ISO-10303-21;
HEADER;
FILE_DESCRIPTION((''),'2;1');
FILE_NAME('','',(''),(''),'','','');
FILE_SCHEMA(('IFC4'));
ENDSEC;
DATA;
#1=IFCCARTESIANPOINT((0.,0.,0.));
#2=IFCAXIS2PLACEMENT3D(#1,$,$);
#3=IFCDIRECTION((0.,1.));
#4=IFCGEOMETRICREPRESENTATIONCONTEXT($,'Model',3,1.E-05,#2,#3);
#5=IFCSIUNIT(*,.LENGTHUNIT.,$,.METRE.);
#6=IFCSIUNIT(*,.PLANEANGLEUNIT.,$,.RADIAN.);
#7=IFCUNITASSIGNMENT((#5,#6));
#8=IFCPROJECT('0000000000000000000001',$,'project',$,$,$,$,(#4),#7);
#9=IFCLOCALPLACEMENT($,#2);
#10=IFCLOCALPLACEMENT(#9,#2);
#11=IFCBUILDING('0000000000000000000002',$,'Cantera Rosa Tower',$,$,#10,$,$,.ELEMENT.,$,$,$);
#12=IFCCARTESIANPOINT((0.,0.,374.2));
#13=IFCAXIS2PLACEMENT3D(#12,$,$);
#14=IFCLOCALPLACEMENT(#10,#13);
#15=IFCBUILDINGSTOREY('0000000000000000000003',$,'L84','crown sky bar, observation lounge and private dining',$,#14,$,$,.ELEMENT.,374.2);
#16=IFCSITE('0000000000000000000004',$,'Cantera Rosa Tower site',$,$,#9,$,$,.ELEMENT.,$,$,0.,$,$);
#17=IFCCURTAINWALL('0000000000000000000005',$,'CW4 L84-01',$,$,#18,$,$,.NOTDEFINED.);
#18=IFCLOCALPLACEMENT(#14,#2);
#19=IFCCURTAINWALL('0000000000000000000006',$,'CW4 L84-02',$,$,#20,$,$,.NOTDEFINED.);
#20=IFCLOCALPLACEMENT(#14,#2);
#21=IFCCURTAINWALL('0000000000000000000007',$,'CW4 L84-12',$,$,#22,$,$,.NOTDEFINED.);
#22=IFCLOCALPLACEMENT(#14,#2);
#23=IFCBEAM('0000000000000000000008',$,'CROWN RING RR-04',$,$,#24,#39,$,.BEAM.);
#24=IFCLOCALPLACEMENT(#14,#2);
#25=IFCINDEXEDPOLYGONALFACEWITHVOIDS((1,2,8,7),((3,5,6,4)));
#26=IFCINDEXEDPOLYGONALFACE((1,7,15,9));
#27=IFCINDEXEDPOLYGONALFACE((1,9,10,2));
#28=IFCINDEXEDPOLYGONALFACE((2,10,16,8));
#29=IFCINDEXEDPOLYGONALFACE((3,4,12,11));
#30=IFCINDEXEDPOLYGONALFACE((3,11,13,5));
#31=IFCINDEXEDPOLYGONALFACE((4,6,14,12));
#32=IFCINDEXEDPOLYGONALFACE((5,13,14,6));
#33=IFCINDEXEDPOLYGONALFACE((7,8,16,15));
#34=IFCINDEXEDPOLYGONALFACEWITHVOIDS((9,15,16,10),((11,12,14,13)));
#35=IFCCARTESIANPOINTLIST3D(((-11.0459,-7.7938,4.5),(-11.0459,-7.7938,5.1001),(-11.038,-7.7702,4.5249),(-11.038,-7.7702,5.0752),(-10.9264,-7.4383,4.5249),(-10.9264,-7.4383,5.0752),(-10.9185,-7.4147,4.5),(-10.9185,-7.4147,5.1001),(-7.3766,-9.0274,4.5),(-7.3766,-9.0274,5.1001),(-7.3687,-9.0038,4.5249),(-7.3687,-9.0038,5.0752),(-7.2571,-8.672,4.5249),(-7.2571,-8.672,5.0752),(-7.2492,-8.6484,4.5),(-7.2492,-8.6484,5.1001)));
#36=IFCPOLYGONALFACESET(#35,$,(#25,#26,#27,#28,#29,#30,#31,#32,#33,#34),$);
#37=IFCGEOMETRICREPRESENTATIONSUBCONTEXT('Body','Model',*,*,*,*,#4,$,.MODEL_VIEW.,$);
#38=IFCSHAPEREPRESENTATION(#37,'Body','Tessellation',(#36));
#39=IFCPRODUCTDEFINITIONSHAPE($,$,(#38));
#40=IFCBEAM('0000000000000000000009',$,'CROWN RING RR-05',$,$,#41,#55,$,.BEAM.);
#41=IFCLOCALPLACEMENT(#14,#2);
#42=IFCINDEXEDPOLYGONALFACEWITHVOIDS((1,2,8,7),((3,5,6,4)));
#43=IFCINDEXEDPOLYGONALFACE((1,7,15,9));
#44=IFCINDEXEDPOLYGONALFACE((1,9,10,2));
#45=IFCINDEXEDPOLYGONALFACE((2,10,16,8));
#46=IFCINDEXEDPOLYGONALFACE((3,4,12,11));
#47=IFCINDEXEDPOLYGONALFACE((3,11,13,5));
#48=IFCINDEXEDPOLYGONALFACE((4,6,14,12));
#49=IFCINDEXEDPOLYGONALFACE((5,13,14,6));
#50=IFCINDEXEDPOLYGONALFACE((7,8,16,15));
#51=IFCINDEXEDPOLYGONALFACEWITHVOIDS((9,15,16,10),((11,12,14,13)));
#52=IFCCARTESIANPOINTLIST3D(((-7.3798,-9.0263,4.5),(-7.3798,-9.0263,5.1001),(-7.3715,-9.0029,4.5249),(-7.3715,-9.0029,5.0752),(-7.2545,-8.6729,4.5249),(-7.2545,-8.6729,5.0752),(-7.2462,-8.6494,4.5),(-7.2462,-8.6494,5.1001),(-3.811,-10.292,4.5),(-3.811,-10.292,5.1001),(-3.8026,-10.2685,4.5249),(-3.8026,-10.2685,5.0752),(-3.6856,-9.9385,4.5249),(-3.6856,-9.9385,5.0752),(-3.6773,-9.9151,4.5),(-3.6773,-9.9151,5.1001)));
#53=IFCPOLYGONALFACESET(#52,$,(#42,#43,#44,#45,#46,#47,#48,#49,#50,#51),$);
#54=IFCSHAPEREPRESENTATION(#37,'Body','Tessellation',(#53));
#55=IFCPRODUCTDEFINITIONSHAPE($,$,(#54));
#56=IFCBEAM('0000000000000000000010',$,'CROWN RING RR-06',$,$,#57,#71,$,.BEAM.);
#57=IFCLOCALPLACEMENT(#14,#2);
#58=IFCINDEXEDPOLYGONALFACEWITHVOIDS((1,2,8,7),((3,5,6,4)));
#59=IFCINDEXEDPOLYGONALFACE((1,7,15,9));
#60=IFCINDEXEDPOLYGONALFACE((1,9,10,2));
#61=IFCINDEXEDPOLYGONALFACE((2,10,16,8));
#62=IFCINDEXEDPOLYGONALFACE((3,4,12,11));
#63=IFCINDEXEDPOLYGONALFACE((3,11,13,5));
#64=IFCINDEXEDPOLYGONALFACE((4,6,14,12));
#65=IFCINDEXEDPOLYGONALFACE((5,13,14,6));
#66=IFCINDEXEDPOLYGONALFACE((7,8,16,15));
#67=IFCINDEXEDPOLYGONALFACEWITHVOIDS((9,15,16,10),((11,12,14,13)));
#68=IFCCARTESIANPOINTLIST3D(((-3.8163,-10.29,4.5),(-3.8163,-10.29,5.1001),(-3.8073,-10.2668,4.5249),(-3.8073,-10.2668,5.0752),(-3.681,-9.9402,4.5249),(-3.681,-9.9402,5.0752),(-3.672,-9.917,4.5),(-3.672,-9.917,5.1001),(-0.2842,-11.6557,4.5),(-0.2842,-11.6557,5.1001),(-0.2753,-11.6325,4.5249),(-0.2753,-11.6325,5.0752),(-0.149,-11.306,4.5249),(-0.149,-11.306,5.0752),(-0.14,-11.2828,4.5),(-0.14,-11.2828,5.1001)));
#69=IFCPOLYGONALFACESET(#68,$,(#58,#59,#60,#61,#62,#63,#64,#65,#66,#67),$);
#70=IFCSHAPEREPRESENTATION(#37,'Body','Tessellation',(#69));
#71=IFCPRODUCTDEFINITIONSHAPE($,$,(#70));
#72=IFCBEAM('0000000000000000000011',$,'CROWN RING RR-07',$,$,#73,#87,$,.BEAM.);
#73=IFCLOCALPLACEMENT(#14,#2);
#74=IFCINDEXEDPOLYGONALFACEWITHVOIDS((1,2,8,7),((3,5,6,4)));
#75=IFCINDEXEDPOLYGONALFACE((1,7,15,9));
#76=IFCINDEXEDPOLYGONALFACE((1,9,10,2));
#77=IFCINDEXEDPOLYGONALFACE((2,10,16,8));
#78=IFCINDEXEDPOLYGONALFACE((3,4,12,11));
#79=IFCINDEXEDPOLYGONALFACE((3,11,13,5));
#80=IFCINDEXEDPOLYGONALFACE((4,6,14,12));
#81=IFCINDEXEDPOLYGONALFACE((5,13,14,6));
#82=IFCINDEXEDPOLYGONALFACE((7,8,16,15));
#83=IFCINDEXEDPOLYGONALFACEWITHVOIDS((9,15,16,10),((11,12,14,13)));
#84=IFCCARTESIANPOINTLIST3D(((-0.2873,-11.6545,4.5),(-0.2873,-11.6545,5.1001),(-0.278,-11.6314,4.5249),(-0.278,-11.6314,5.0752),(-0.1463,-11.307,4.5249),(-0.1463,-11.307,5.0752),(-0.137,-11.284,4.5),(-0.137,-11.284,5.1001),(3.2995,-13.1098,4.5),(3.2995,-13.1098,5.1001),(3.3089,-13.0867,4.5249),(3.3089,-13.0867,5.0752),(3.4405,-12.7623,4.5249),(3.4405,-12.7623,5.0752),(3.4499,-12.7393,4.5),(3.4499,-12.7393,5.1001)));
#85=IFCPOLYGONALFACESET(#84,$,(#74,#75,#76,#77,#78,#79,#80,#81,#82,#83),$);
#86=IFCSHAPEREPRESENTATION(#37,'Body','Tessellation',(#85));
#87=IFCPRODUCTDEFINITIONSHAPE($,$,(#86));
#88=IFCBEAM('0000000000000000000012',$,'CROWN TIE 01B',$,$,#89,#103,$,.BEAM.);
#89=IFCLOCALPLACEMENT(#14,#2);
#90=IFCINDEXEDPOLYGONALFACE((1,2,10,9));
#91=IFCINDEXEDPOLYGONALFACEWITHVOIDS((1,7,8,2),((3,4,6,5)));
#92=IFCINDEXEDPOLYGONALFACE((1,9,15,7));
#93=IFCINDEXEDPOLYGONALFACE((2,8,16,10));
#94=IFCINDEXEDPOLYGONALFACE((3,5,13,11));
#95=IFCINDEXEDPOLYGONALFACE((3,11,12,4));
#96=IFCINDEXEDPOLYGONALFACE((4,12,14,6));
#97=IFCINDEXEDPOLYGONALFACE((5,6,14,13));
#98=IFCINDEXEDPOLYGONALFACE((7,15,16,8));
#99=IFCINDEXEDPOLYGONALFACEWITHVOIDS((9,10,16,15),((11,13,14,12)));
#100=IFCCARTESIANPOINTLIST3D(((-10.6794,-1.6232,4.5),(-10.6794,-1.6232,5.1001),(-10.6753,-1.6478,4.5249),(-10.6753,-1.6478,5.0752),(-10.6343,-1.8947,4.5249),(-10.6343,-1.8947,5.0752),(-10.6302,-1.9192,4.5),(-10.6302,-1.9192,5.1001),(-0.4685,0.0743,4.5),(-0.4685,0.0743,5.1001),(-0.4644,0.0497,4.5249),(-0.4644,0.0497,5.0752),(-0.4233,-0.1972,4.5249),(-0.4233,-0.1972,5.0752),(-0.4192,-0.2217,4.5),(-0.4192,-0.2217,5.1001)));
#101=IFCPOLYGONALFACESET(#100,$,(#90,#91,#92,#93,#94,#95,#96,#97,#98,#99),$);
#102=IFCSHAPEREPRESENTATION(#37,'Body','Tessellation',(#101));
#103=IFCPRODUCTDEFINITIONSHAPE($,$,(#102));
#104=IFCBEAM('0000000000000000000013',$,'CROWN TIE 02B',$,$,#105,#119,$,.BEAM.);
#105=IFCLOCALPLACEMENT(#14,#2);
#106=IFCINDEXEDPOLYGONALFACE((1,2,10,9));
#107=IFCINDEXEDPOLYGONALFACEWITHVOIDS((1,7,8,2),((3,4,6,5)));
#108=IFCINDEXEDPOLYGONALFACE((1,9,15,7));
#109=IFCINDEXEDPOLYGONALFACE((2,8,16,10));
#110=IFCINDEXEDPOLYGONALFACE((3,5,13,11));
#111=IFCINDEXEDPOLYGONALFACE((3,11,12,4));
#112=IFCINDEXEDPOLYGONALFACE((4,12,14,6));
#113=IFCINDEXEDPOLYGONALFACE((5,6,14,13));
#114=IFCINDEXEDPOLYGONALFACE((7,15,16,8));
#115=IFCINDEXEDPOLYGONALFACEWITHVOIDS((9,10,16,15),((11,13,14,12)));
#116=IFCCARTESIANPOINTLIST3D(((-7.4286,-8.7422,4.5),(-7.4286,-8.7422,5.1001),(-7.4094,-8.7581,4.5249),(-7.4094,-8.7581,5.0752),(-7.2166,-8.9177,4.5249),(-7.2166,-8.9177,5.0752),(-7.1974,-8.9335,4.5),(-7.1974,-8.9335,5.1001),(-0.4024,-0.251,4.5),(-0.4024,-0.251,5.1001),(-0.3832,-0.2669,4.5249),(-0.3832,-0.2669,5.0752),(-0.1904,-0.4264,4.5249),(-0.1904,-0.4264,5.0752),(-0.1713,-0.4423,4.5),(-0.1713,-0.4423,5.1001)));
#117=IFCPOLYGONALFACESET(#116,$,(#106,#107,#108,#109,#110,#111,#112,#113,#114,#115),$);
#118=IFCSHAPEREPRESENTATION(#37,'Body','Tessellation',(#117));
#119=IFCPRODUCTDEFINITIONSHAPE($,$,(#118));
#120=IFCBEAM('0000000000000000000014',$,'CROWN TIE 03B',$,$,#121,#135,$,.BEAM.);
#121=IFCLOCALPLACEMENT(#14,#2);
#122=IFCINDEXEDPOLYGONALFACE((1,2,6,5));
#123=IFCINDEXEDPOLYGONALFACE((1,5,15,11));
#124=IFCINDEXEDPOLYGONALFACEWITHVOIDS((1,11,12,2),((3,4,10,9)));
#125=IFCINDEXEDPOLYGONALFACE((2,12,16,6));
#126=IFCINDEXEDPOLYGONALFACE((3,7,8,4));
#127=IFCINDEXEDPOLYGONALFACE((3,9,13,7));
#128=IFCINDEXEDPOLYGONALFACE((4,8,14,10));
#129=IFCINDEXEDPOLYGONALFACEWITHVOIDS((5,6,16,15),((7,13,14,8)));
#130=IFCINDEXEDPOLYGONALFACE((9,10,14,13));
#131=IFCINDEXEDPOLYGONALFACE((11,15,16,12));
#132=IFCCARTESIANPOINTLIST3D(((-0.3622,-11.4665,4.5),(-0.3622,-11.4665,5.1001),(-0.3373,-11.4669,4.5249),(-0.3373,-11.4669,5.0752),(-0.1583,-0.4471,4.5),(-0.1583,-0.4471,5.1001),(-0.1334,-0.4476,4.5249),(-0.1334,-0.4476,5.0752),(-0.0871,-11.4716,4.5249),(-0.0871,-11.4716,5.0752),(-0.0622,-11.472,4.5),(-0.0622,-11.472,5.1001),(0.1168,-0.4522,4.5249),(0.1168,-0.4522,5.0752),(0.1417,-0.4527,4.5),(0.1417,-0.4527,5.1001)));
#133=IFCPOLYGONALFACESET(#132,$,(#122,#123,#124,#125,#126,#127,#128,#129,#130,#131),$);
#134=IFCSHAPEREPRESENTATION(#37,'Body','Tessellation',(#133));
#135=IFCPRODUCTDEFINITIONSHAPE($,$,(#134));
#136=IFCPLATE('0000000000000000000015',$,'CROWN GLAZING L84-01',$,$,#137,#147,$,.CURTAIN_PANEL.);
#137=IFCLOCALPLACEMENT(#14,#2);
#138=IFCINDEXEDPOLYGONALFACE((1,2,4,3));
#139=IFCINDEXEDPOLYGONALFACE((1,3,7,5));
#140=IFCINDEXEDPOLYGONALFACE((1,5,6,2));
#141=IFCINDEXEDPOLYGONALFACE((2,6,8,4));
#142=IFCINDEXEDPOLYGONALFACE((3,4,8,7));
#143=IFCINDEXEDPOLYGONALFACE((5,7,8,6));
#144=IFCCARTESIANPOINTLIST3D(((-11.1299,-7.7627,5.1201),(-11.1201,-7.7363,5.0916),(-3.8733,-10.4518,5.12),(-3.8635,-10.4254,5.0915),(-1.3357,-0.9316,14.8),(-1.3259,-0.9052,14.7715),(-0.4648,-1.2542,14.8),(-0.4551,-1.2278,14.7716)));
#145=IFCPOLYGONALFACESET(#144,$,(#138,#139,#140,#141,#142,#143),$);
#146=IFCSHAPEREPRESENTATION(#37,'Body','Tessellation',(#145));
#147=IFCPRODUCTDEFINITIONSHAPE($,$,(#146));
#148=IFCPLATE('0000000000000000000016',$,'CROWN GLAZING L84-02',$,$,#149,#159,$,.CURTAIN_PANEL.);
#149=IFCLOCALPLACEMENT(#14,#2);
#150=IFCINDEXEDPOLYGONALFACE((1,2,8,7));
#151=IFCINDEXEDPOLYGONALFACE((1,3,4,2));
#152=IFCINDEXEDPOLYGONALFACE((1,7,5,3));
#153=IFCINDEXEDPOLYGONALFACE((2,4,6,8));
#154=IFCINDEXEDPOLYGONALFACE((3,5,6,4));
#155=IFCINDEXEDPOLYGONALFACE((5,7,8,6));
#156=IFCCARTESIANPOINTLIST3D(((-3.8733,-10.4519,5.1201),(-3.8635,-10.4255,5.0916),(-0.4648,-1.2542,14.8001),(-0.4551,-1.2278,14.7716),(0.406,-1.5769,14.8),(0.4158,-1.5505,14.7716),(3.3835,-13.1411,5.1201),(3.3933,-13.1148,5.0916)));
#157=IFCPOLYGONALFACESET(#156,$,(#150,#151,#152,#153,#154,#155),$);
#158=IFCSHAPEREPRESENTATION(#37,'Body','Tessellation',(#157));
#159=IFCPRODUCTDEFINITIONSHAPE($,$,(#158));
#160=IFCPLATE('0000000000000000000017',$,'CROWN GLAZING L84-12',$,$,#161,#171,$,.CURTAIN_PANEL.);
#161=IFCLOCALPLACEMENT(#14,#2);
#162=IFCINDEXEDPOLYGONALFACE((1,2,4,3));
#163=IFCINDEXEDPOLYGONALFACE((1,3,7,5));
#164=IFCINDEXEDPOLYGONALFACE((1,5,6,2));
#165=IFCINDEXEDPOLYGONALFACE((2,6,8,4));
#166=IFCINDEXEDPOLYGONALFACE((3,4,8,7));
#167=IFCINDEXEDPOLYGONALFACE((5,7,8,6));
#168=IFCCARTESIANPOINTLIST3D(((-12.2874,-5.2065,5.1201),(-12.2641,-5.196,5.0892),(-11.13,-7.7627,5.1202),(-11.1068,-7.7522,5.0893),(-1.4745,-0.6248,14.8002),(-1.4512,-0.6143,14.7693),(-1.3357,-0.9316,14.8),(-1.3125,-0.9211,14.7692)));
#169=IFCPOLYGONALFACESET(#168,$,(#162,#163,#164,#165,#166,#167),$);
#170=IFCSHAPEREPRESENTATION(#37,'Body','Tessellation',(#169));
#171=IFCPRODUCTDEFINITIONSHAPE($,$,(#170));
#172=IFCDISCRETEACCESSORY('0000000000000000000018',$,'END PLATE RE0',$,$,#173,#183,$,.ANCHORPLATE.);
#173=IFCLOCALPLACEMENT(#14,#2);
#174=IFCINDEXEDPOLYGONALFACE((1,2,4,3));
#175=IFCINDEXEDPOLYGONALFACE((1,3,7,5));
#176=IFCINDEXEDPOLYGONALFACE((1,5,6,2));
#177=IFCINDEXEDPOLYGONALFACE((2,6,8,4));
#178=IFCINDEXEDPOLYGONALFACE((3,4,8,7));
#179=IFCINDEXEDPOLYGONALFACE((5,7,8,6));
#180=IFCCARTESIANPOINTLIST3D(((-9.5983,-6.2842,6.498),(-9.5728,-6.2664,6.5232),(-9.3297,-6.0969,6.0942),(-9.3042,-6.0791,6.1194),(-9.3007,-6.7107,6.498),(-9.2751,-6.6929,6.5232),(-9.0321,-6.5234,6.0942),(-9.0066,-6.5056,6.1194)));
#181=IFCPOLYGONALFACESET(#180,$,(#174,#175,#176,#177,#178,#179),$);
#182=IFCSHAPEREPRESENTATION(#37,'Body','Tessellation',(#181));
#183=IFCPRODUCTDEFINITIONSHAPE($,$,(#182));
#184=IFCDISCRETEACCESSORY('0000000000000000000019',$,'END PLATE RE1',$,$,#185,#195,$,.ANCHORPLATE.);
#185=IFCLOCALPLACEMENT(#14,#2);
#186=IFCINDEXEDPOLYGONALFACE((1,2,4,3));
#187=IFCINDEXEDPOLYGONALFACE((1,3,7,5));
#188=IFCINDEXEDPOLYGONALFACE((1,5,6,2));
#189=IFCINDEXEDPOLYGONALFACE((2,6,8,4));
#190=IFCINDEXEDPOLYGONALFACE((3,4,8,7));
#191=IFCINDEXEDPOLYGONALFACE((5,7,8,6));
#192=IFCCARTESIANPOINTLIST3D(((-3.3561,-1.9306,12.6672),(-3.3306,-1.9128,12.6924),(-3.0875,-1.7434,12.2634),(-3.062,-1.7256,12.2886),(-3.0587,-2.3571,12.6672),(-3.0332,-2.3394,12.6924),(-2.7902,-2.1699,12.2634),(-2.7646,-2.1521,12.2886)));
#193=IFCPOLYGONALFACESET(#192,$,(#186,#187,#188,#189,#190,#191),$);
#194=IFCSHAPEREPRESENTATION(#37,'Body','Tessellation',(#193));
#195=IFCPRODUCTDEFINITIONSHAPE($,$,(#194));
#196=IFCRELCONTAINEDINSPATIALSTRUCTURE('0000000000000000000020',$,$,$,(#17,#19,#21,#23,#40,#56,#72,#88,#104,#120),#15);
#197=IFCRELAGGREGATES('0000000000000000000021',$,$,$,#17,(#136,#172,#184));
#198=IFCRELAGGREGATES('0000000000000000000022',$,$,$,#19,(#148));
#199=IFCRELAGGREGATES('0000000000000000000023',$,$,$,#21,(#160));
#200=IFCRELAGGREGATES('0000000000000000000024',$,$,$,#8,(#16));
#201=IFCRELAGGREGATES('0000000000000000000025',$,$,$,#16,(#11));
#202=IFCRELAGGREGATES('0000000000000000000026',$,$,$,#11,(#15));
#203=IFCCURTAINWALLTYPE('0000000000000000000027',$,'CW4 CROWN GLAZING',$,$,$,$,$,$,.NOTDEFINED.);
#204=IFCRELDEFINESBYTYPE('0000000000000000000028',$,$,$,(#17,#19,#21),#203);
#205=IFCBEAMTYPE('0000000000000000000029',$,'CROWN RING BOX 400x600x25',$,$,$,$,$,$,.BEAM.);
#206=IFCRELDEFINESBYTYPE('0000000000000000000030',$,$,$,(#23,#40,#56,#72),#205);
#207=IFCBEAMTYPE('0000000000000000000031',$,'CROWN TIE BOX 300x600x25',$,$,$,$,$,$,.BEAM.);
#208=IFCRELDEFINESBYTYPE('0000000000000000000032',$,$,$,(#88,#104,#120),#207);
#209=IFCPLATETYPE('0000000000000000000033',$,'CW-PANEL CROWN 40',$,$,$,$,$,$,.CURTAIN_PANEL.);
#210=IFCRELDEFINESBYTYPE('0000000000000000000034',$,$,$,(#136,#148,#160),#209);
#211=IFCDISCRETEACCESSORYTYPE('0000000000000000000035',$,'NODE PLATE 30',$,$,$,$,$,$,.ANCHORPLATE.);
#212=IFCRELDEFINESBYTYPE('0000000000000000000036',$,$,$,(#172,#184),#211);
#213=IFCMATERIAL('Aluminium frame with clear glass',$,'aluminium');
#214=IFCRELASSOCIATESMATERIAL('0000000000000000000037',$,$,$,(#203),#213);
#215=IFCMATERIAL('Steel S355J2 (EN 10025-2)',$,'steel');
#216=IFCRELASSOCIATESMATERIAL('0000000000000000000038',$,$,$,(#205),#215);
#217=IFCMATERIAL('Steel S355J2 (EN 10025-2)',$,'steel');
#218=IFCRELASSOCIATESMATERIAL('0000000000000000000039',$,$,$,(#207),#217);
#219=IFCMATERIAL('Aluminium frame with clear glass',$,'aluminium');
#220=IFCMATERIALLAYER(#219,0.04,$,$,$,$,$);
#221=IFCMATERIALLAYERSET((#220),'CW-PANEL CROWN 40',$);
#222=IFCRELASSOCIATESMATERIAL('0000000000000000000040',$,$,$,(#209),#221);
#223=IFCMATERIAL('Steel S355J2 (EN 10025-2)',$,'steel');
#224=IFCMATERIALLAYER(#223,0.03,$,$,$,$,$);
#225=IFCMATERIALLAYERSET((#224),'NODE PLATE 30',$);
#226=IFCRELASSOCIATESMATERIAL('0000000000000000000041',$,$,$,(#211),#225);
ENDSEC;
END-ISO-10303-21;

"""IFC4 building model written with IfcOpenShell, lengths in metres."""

from ifc_helpers import new_model, si_unit, direction, frame, origin, origin_2d, place, context, subcontext, project, spatial, polyline, hollow_rectangle, outline, extrude, material, layer, layer_set, material_profile, profile_set, type_object, element, aggregate, save


model = new_model("IFC4")

# Units and contexts
model_context = context("Model", 3, precision=1e-05, world=origin(), true_north=direction((0.0, 1.0)))
body_context = subcontext(model_context, "Body", "Model", "MODEL_VIEW")
ifc_project = project(units=[si_unit("LENGTHUNIT", "METRE"), si_unit("PLANEANGLEUNIT", "RADIAN")], contexts=[model_context])

# Site, building, storey
site_placement = place(None, origin())
site = spatial("IfcSite", under=ifc_project, at=site_placement, Name="Cantera Rosa Tower site", CompositionType="ELEMENT", RefElevation=0.0)
building_placement = place(site_placement, origin())
building = spatial("IfcBuilding", under=site, at=building_placement, Name="Cantera Rosa Tower", CompositionType="ELEMENT")
storey_placement = place(building_placement, frame((0.0, 0.0, 374.2)))
storey = spatial("IfcBuildingStorey", under=building, at=storey_placement, Name="L84", Description="crown sky bar, observation lounge and private dining", CompositionType="ELEMENT", Elevation=374.2)

# Curtain walls
ifc_material_1 = material(Name="Aluminium frame with clear glass", Category="aluminium")
curtain_wall_type = type_object("IfcCurtainWallType", Name="CW4 CROWN GLAZING", PredefinedType="NOTDEFINED", material=ifc_material_1)
curtain_wall_1_placement = place(storey_placement, origin())
curtain_wall_1 = element("IfcCurtainWall", 1, at=curtain_wall_1_placement, inside=storey, type_object=curtain_wall_type, Name="CW4 L84-01", PredefinedType="NOTDEFINED")
curtain_wall_2_placement = place(storey_placement, origin())
curtain_wall_2 = element("IfcCurtainWall", 2, at=curtain_wall_2_placement, inside=storey, type_object=curtain_wall_type, Name="CW4 L84-02", PredefinedType="NOTDEFINED")
curtain_wall_3_placement = place(storey_placement, origin())
curtain_wall_3 = element("IfcCurtainWall", 3, at=curtain_wall_3_placement, inside=storey, type_object=curtain_wall_type, Name="CW4 L84-12", PredefinedType="NOTDEFINED")

# Beams
ifc_material_2 = material(Name="Steel S355J2 (EN 10025-2)", Category="steel")
ifc_material_profile_1 = material_profile(ifc_material_2, hollow_rectangle(XDim=0.3999, YDim=0.6001, WallThickness=0.0249, at=origin_2d()), Name="CROWN RING BOX 400x600x25")
ifc_profile_set_1 = profile_set([ifc_material_profile_1], Name="Steel S355J2 (EN 10025-2)")
beam_type_1 = type_object("IfcBeamType", Name="CROWN RING BOX 400x600x25", PredefinedType="BEAM", material=ifc_profile_set_1)
beam_1_placement = place(storey_placement, frame((-10.9822, -7.6042, 4.8), z_axis=(0.94786, -0.318686, 0.0), x_axis=(0.318686, 0.94786, 0.0)))
element("IfcBeam", 4, at=beam_1_placement, inside=storey, type_object=beam_type_1, Name="CROWN RING RR-04", PredefinedType="BEAM", context=body_context, shape_type="SweptSolid", body=[
    extrude(hollow_rectangle(XDim=0.3999, YDim=0.6001, WallThickness=0.0249, at=origin_2d()), origin(), (0.0, 0.0, 1.0), 3.8711),
])
beam_2_placement = place(storey_placement, frame((-7.313, -8.8379, 4.8), z_axis=(0.942489, -0.334236, 0.0), x_axis=(0.334236, 0.942489, 0.0)))
element("IfcBeam", 5, at=beam_2_placement, inside=storey, type_object=beam_type_1, Name="CROWN RING RR-05", PredefinedType="BEAM", context=body_context, shape_type="SweptSolid", body=[
    extrude(hollow_rectangle(XDim=0.3999, YDim=0.6001, WallThickness=0.0249, at=origin_2d()), origin(), (0.0, 0.0, 1.0), 3.7866),
])
beam_3_placement = place(storey_placement, frame((-3.7441, -10.1035, 4.8), z_axis=(0.932701, -0.36065, 0.0), x_axis=(0.36065, 0.932701, 0.0)))
element("IfcBeam", 6, at=beam_3_placement, inside=storey, type_object=beam_type_1, Name="CROWN RING RR-06", PredefinedType="BEAM", context=body_context, shape_type="SweptSolid", body=[
    extrude(hollow_rectangle(XDim=0.3999, YDim=0.6001, WallThickness=0.0249, at=origin_2d()), origin(), (0.0, 0.0, 1.0), 3.7869),
])
beam_4_placement = place(storey_placement, frame((-0.2122, -11.4692, 4.8), z_axis=(0.926634, -0.375964, 0.0), x_axis=(0.375964, 0.926634, 0.0)))
element("IfcBeam", 7, at=beam_4_placement, inside=storey, type_object=beam_type_1, Name="CROWN RING RR-07", PredefinedType="BEAM", context=body_context, shape_type="SweptSolid", body=[
    extrude(hollow_rectangle(XDim=0.3999, YDim=0.6001, WallThickness=0.0249, at=origin_2d()), origin(), (0.0, 0.0, 1.0), 3.8708),
])
ifc_material_3 = material(Name="Steel S355J2 (EN 10025-2)", Category="steel")
ifc_material_profile_2 = material_profile(ifc_material_3, hollow_rectangle(XDim=0.3, YDim=0.6001, WallThickness=0.0249, at=origin_2d()), Name="CROWN TIE BOX 300x600x25")
ifc_profile_set_2 = profile_set([ifc_material_profile_2], Name="Steel S355J2 (EN 10025-2)")
beam_type_2 = type_object("IfcBeamType", Name="CROWN TIE BOX 300x600x25", PredefinedType="BEAM", material=ifc_profile_set_2)
beam_5_placement = place(storey_placement, frame((-10.6548, -1.7712, 4.8), z_axis=(0.986461, 0.163994, 0.0), x_axis=(-0.163994, 0.986461, 0.0)))
element("IfcBeam", 8, at=beam_5_placement, inside=storey, type_object=beam_type_2, Name="CROWN TIE 01B", PredefinedType="BEAM", context=body_context, shape_type="SweptSolid", body=[
    extrude(hollow_rectangle(XDim=0.3, YDim=0.6001, WallThickness=0.0249, at=origin_2d()), origin(), (0.0, 0.0, 1.0), 10.3511),
])
for number, where, z_axis, x_axis, name in (
    (9, (-7.313, -8.8379, 4.8), (0.637509, 0.770443, 0.0), (-0.770443, 0.637509, 0.0), "CROWN TIE 02B"),
    (10, (-0.2122, -11.4692, 4.8), (0.018497, 0.999829, 0.0), (-0.999829, 0.018497, 0.0), "CROWN TIE 03B"),
):
    element("IfcBeam", number, at=place(storey_placement, frame(where, z_axis=z_axis, x_axis=x_axis)), inside=storey, type_object=beam_type_2, Name=name, PredefinedType="BEAM", context=body_context, shape_type="SweptSolid", body=[
        extrude(hollow_rectangle(XDim=0.3, YDim=0.6001, WallThickness=0.0249, at=origin_2d()), origin(), (0.0, 0.0, 1.0), 11.0212),
    ])

# Plates
ifc_material_4 = material(Name="Aluminium frame with clear glass", Category="aluminium")
ifc_layer_1 = layer(ifc_material_4, 0.04)
ifc_layer_set_1 = layer_set([ifc_layer_1], Name="CW-PANEL CROWN 40")
plate_type = type_object("IfcPlateType", Name="CW-PANEL CROWN 40", PredefinedType="CURTAIN_PANEL", material=ifc_layer_set_1)
plate_1_placement = place(storey_placement, frame((-11.1299, -7.7627, 5.1201), z_axis=(-0.24407, -0.658648, 0.711767), x_axis=(0.937686, -0.347483, -0.000012)))
plate_1 = element("IfcPlate", 11, at=plate_1_placement, type_object=plate_type, Name="CROWN GLAZING L84-01", PredefinedType="CURTAIN_PANEL", context=body_context, shape_type="SweptSolid", body=[
    extrude(outline(polyline([(0.0, 0.0), (7.7389, 0.0), (7.7387, 13.781), (6.8101, 13.7809), (0.0, 0.0)])), origin(), (0.0, 0.0, -1.0), 0.04),
])
plate_2_placement = place(storey_placement, frame((-3.8733, -10.4519, 5.1201), z_axis=(-0.244079, -0.658639, 0.711772), x_axis=(0.937685, -0.347486, 0.000002)))
plate_2 = element("IfcPlate", 12, at=plate_2_placement, type_object=plate_type, Name="CROWN GLAZING L84-02", PredefinedType="CURTAIN_PANEL", context=body_context, shape_type="SweptSolid", body=[
    extrude(outline(polyline([(0.0, 0.0), (7.7391, 0.0), (0.9287, 13.781), (0.0, 13.781), (0.0, 0.0)])), origin(), (0.0, 0.0, -1.0), 0.04),
])
plate_3_placement = place(storey_placement, frame((-12.2874, -5.2065, 5.1201), z_axis=(-0.579544, -0.262369, 0.771552), x_axis=(0.412467, -0.910973, 0.000041)))
plate_3 = element("IfcPlate", 13, at=plate_3_placement, type_object=plate_type, Name="CROWN GLAZING L84-12", PredefinedType="CURTAIN_PANEL", context=body_context, shape_type="SweptSolid", body=[
    extrude(outline(polyline([(0.0, 0.0), (2.806, 0.0), (0.6233, 15.216), (0.2865, 15.2162), (0.0, 0.0)])), origin(), (0.0, 0.0, -1.0), 0.04),
])

# Discrete accessories
ifc_material_5 = material(Name="Steel S355J2 (EN 10025-2)", Category="steel")
ifc_layer_2 = layer(ifc_material_5, 0.03)
ifc_layer_set_2 = layer_set([ifc_layer_2], Name="NODE PLATE 30")
discrete_accessory_type = type_object("IfcDiscreteAccessoryType", Name="NODE PLATE 30", PredefinedType="ANCHORPLATE", material=ifc_layer_set_2)
discrete_accessory_1_placement = place(storey_placement, frame((-9.2751, -6.6929, 6.5232), z_axis=(0.637025, 0.444496, 0.62978), x_axis=(-0.572233, 0.820091, 0.0)))
discrete_accessory_1 = element("IfcDiscreteAccessory", 14, at=discrete_accessory_1_placement, type_object=discrete_accessory_type, Name="END PLATE RE0", PredefinedType="ANCHORPLATE", context=body_context, shape_type="SweptSolid", body=[
    extrude(outline(polyline([(0.0, 0.0), (0.5201, 0.0), (0.52, -0.5199), (-0.0001, -0.5199), (0.0, 0.0)])), origin(), (0.0, 0.0, -1.0), 0.04),
])
discrete_accessory_2_placement = place(storey_placement, frame((-3.3306, -1.9128, 12.6924), z_axis=(0.637196, 0.44425, 0.62978), x_axis=(0.571917, -0.820311, 0.0)))
discrete_accessory_2 = element("IfcDiscreteAccessory", 15, at=discrete_accessory_2_placement, type_object=discrete_accessory_type, Name="END PLATE RE1", PredefinedType="ANCHORPLATE", context=body_context, shape_type="SweptSolid", body=[
    extrude(outline(polyline([(0.0, 0.0), (0.5199, 0.0), (0.5199, 0.5199), (0.0, 0.5199), (0.0, 0.0)])), origin(), (0.0, 0.0, -1.0), 0.04),
])
aggregate(curtain_wall_1, [plate_1, discrete_accessory_1, discrete_accessory_2])
aggregate(curtain_wall_2, [plate_2])
aggregate(curtain_wall_3, [plate_3])

save(model, "model.ifc")
